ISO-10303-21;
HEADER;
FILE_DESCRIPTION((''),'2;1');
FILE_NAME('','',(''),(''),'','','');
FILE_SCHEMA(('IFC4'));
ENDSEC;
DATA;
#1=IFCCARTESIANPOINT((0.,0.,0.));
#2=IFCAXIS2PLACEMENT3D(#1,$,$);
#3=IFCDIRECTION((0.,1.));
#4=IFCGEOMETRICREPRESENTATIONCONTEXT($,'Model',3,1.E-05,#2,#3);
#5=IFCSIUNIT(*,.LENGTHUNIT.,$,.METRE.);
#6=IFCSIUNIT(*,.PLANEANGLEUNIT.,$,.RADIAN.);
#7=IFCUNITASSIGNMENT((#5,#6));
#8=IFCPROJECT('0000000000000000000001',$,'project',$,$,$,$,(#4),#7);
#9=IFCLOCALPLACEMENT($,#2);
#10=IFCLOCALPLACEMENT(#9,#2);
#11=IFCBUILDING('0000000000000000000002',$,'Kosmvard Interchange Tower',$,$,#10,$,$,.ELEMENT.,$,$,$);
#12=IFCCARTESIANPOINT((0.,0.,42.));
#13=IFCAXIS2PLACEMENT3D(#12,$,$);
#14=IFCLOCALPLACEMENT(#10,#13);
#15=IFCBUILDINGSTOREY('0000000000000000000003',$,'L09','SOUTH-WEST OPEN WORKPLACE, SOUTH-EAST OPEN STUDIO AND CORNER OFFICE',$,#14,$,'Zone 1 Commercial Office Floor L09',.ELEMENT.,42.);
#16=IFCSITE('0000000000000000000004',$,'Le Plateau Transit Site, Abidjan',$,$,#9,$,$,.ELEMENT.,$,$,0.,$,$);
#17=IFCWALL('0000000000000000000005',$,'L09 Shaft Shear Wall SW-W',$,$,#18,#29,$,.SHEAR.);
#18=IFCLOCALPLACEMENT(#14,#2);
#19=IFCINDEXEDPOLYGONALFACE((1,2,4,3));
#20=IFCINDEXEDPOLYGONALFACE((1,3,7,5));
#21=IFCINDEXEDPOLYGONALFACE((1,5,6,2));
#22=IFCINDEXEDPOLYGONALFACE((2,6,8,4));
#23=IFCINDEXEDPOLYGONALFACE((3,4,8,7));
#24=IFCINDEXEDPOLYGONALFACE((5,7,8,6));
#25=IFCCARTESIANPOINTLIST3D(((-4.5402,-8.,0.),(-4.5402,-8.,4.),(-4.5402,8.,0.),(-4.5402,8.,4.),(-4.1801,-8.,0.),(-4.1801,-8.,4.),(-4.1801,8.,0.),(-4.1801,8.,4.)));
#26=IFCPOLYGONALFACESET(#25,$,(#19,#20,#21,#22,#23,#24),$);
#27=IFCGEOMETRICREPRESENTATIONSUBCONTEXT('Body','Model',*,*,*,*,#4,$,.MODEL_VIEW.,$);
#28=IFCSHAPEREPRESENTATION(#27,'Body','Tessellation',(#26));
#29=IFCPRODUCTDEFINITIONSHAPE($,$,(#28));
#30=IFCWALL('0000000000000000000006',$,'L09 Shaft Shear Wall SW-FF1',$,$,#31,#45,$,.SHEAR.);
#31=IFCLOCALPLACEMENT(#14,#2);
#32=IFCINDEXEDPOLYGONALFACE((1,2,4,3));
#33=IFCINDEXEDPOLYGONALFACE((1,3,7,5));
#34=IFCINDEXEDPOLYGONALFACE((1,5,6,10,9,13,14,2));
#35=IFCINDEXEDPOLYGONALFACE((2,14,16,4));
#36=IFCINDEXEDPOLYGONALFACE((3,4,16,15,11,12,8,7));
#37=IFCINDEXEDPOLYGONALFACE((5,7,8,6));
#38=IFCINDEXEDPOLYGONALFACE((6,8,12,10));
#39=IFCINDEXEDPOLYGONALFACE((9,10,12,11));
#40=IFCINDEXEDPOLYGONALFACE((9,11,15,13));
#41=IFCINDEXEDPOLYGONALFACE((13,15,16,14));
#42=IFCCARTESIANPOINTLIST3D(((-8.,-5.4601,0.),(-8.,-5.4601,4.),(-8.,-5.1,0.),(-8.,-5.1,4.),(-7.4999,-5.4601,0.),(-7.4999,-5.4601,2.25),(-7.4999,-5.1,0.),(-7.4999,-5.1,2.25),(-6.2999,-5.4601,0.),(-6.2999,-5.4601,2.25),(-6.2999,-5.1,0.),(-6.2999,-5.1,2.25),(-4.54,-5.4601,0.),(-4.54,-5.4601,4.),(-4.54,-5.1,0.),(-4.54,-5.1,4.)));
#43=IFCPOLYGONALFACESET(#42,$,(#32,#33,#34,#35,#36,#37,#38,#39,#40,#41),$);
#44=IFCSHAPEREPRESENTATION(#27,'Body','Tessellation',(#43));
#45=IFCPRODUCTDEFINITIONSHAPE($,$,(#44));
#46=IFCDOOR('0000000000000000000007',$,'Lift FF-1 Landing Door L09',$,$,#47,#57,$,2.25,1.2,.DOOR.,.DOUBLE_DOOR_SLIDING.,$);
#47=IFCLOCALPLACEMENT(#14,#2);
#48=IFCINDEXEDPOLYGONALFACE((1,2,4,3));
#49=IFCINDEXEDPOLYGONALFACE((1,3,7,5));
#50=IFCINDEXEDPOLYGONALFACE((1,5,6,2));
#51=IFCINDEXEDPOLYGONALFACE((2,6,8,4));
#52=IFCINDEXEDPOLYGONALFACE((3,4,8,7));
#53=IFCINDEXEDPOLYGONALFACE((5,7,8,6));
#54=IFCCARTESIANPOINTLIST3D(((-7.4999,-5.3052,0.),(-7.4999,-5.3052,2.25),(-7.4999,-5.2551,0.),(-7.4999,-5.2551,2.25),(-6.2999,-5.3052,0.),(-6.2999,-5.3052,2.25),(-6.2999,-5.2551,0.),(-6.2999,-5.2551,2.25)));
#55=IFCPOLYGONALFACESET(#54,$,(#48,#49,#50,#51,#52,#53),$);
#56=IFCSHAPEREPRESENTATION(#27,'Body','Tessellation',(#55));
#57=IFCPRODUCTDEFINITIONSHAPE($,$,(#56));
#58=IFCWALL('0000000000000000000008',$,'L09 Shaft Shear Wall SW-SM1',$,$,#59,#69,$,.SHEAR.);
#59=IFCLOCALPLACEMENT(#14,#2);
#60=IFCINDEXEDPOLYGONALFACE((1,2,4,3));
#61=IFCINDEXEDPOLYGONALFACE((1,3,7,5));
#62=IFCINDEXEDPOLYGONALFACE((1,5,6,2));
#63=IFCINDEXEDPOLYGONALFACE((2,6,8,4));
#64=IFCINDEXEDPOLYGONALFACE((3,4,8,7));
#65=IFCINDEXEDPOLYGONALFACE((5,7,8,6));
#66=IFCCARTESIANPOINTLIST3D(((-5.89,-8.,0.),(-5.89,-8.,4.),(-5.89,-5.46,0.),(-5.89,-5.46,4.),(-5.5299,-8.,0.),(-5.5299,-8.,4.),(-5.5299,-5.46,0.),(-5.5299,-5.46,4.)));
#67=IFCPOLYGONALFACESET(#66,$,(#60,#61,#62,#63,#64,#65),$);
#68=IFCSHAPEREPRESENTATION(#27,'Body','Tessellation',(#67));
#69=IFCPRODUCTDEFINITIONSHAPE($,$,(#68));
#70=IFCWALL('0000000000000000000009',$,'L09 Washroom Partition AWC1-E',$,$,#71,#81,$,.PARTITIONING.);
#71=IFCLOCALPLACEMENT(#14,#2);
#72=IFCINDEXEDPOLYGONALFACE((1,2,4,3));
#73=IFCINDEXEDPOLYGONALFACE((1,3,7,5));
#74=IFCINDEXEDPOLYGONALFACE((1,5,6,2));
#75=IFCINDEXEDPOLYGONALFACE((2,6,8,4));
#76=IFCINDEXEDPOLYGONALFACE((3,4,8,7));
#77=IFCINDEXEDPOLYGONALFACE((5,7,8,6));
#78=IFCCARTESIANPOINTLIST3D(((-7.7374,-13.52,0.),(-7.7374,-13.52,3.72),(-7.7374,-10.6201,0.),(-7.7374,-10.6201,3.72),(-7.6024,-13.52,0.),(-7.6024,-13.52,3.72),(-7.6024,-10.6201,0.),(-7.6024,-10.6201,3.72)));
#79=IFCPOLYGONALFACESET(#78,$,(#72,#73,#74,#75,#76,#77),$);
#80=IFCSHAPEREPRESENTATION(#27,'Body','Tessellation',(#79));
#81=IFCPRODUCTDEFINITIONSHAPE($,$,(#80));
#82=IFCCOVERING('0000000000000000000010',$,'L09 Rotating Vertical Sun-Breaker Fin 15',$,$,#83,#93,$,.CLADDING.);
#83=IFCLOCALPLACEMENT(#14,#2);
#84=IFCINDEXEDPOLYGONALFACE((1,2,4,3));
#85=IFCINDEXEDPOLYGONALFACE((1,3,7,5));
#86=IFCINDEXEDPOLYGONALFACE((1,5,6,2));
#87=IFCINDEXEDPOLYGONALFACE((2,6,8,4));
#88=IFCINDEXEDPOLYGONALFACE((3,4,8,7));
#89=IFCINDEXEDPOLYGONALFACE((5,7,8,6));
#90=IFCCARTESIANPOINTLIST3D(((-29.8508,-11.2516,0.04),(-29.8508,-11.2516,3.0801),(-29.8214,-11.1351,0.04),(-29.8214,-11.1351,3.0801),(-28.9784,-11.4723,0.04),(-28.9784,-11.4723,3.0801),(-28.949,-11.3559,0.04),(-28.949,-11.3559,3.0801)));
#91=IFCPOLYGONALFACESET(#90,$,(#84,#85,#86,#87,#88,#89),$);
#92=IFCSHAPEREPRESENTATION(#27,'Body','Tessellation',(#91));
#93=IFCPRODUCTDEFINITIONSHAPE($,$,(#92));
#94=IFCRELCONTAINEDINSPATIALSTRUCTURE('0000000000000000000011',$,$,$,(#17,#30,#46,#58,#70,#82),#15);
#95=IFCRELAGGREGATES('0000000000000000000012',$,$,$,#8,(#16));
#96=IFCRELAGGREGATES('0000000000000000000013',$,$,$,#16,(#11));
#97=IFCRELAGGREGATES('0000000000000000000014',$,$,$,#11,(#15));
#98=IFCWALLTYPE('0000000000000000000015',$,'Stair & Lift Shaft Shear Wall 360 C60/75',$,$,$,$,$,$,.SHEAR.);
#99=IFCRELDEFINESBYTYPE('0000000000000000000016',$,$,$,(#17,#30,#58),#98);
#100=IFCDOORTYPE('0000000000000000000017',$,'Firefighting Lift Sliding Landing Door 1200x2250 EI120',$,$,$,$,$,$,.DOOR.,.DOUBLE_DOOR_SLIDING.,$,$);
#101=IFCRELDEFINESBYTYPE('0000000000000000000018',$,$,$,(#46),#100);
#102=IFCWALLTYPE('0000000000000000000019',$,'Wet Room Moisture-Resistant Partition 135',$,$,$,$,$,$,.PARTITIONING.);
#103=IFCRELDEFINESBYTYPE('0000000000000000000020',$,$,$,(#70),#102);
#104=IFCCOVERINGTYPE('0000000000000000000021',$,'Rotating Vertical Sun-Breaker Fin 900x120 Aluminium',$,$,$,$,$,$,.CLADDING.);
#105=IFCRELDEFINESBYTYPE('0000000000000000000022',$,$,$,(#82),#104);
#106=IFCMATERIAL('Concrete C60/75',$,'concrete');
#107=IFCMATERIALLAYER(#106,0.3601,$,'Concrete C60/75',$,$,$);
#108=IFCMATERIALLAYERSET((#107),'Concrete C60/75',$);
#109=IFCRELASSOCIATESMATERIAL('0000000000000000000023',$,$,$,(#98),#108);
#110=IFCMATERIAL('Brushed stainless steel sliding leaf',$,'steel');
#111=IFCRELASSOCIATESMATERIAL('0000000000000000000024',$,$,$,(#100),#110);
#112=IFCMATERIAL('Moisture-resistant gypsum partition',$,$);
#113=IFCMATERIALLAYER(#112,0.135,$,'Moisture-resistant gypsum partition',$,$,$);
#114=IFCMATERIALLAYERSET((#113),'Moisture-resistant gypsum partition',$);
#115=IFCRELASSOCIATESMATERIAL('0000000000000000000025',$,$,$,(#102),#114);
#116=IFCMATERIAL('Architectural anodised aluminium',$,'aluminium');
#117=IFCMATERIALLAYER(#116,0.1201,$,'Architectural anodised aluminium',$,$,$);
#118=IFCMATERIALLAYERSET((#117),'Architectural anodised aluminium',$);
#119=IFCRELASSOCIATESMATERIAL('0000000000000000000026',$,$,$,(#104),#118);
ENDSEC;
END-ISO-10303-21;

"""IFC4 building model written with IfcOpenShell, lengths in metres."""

from ifc_helpers import new_model, si_unit, direction, frame, frame_2d, origin, origin_2d, place, context, subcontext, project, spatial, rectangle, extrude, source, transform, mapped, material, layer, layer_set, type_object, element, fill, save


model = new_model("IFC4")

# Units and contexts
model_context = context("Model", 3, precision=1e-05, world=origin(), true_north=direction((0.0, 1.0)))
body_context = subcontext(model_context, "Body", "Model", "MODEL_VIEW")
ifc_project = project(units=[si_unit("LENGTHUNIT", "METRE"), si_unit("PLANEANGLEUNIT", "RADIAN")], contexts=[model_context])

# Site, building, storey
site_placement = place(None, origin())
site = spatial("IfcSite", under=ifc_project, at=site_placement, Name="Le Plateau Transit Site, Abidjan", CompositionType="ELEMENT", RefElevation=0.0)
building_placement = place(site_placement, origin())
building = spatial("IfcBuilding", under=site, at=building_placement, Name="Kosmvard Interchange Tower", CompositionType="ELEMENT")
storey_placement = place(building_placement, frame((0.0, 0.0, 42.0)))
storey = spatial("IfcBuildingStorey", under=building, at=storey_placement, Name="L09", Description="SOUTH-WEST OPEN WORKPLACE, SOUTH-EAST OPEN STUDIO AND CORNER OFFICE", LongName="Zone 1 Commercial Office Floor L09", CompositionType="ELEMENT", Elevation=42.0)

# Shared definitions
ifc_material_1 = material(Name="Concrete C60/75", Category="concrete")

# Wall
ifc_layer_1 = layer(ifc_material_1, 0.3601, Name="Concrete C60/75")
ifc_layer_set_1 = layer_set([ifc_layer_1], Name="Concrete C60/75")
wall_type_1 = type_object("IfcWallType", Name="Stair & Lift Shaft Shear Wall 360 C60/75", PredefinedType="SHEAR", material=ifc_layer_set_1)
wall_1_placement = place(storey_placement, frame((-4.3601, -8.0, 0.0), z_axis=(0.0, 0.0, 1.0), x_axis=(0.0, 1.0, 0.0)))
element("IfcWall", 1, at=wall_1_placement, inside=storey, type_object=wall_type_1, Name="L09 Shaft Shear Wall SW-W", PredefinedType="SHEAR", context=body_context, shape_type="SweptSolid", body=[
    extrude(rectangle(XDim=16.0, YDim=0.3601, at=frame_2d((8.0, 0.0))), origin(), (0.0, 0.0, 1.0), 4.0),
])

# Wall, opening, door
wall_2_placement = place(storey_placement, frame((-8.0, -5.28, 0.0), z_axis=(0.0, 0.0, 1.0), x_axis=(1.0, 0.0, 0.0)))
wall_2 = element("IfcWall", 2, at=wall_2_placement, inside=storey, type_object=wall_type_1, Name="L09 Shaft Shear Wall SW-FF1", PredefinedType="SHEAR", context=body_context, shape_type="SweptSolid", body=[
    extrude(rectangle(XDim=3.46, YDim=0.3601, at=frame_2d((1.73, 0.0))), origin(), (0.0, 0.0, 1.0), 4.0),
])
opening_1_placement = place(wall_2_placement, frame((0.5, 0.0, 0.0)))
opening_1 = element("IfcOpeningElement", 3, at=opening_1_placement, cuts=wall_2, PredefinedType="OPENING", context=body_context, shape_type="SweptSolid", body=[
    extrude(rectangle(XDim=1.2, YDim=2.25, at=frame_2d((0.6001, 1.125))), frame((0.0, 0.1899, 0.0), z_axis=(0.0, -1.0, 0.0), x_axis=(1.0, 0.0, 0.0)), (0.0, 0.0, 1.0), 0.3801),
])
ifc_material_2 = material(Name="Brushed stainless steel sliding leaf", Category="steel")
door_type_1 = type_object("IfcDoorType", Name="Firefighting Lift Sliding Landing Door 1200x2250 EI120", OperationType="DOUBLE_DOOR_SLIDING", PredefinedType="DOOR", material=ifc_material_2)
shared_shape_1 = source(origin(), body_context, "Body", "SweptSolid", [
    extrude(rectangle(XDim=1.2, YDim=2.25, at=frame_2d((0.6001, 1.125))), frame((0.0, 0.0249, 0.0), z_axis=(0.0, -1.0, 0.0), x_axis=(1.0, 0.0, 0.0)), (0.0, 0.0, 1.0), 0.05),
])
door_1_placement = place(opening_1_placement, origin())
door_1 = element("IfcDoor", 4, at=door_1_placement, inside=storey, type_object=door_type_1, Name="Lift FF-1 Landing Door L09", OperationType="DOUBLE_DOOR_SLIDING", OverallHeight=2.25, OverallWidth=1.2, PredefinedType="DOOR", context=body_context, shape_type="MappedRepresentation", body=[
    mapped(shared_shape_1, transform((0.0, 0.0, 0.0), scale=1.0)),
])
fill(opening_1, door_1)

# Walls
wall_3_placement = place(storey_placement, frame((-5.71, -8.0, 0.0), z_axis=(0.0, 0.0, 1.0), x_axis=(0.0, 1.0, 0.0)))
element("IfcWall", 5, at=wall_3_placement, inside=storey, type_object=wall_type_1, Name="L09 Shaft Shear Wall SW-SM1", PredefinedType="SHEAR", context=body_context, shape_type="SweptSolid", body=[
    extrude(rectangle(XDim=2.54, YDim=0.3601, at=frame_2d((1.27, 0.0))), origin(), (0.0, 0.0, 1.0), 4.0),
])
ifc_material_3 = material(Name="Moisture-resistant gypsum partition")
ifc_layer_2 = layer(ifc_material_3, 0.135, Name="Moisture-resistant gypsum partition")
ifc_layer_set_2 = layer_set([ifc_layer_2], Name="Moisture-resistant gypsum partition")
wall_type_2 = type_object("IfcWallType", Name="Wet Room Moisture-Resistant Partition 135", PredefinedType="PARTITIONING", material=ifc_layer_set_2)
wall_4_placement = place(storey_placement, frame((-7.6699, -13.52, 0.0), z_axis=(0.0, 0.0, 1.0), x_axis=(0.0, 1.0, 0.0)))
element("IfcWall", 6, at=wall_4_placement, inside=storey, type_object=wall_type_2, Name="L09 Washroom Partition AWC1-E", PredefinedType="PARTITIONING", context=body_context, shape_type="SweptSolid", body=[
    extrude(rectangle(XDim=2.8999, YDim=0.135, at=frame_2d((1.45, 0.0))), origin(), (0.0, 0.0, 1.0), 3.72),
])

# Covering
ifc_material_4 = material(Name="Architectural anodised aluminium", Category="aluminium")
ifc_layer_3 = layer(ifc_material_4, 0.1201, Name="Architectural anodised aluminium")
ifc_layer_set_3 = layer_set([ifc_layer_3], Name="Architectural anodised aluminium")
covering_type = type_object("IfcCoveringType", Name="Rotating Vertical Sun-Breaker Fin 900x120 Aluminium", PredefinedType="CLADDING", material=ifc_layer_set_3)
shared_shape_2 = source(origin(), body_context, "Body", "SweptSolid", [
    extrude(rectangle(XDim=0.8999, YDim=0.1201, at=origin_2d()), origin(), (0.0, 0.0, 1.0), 3.04),
])
covering_placement = place(storey_placement, frame((-29.3999, -11.3037, 0.04), z_axis=(0.0, 0.0, 1.0), x_axis=(-0.969445, 0.245307, 0.0)))
element("IfcCovering", 7, at=covering_placement, inside=storey, type_object=covering_type, Name="L09 Rotating Vertical Sun-Breaker Fin 15", PredefinedType="CLADDING", context=body_context, shape_type="MappedRepresentation", body=[
    mapped(shared_shape_2, transform((0.0, 0.0, 0.0), scale=1.0)),
])

save(model, "model.ifc")
